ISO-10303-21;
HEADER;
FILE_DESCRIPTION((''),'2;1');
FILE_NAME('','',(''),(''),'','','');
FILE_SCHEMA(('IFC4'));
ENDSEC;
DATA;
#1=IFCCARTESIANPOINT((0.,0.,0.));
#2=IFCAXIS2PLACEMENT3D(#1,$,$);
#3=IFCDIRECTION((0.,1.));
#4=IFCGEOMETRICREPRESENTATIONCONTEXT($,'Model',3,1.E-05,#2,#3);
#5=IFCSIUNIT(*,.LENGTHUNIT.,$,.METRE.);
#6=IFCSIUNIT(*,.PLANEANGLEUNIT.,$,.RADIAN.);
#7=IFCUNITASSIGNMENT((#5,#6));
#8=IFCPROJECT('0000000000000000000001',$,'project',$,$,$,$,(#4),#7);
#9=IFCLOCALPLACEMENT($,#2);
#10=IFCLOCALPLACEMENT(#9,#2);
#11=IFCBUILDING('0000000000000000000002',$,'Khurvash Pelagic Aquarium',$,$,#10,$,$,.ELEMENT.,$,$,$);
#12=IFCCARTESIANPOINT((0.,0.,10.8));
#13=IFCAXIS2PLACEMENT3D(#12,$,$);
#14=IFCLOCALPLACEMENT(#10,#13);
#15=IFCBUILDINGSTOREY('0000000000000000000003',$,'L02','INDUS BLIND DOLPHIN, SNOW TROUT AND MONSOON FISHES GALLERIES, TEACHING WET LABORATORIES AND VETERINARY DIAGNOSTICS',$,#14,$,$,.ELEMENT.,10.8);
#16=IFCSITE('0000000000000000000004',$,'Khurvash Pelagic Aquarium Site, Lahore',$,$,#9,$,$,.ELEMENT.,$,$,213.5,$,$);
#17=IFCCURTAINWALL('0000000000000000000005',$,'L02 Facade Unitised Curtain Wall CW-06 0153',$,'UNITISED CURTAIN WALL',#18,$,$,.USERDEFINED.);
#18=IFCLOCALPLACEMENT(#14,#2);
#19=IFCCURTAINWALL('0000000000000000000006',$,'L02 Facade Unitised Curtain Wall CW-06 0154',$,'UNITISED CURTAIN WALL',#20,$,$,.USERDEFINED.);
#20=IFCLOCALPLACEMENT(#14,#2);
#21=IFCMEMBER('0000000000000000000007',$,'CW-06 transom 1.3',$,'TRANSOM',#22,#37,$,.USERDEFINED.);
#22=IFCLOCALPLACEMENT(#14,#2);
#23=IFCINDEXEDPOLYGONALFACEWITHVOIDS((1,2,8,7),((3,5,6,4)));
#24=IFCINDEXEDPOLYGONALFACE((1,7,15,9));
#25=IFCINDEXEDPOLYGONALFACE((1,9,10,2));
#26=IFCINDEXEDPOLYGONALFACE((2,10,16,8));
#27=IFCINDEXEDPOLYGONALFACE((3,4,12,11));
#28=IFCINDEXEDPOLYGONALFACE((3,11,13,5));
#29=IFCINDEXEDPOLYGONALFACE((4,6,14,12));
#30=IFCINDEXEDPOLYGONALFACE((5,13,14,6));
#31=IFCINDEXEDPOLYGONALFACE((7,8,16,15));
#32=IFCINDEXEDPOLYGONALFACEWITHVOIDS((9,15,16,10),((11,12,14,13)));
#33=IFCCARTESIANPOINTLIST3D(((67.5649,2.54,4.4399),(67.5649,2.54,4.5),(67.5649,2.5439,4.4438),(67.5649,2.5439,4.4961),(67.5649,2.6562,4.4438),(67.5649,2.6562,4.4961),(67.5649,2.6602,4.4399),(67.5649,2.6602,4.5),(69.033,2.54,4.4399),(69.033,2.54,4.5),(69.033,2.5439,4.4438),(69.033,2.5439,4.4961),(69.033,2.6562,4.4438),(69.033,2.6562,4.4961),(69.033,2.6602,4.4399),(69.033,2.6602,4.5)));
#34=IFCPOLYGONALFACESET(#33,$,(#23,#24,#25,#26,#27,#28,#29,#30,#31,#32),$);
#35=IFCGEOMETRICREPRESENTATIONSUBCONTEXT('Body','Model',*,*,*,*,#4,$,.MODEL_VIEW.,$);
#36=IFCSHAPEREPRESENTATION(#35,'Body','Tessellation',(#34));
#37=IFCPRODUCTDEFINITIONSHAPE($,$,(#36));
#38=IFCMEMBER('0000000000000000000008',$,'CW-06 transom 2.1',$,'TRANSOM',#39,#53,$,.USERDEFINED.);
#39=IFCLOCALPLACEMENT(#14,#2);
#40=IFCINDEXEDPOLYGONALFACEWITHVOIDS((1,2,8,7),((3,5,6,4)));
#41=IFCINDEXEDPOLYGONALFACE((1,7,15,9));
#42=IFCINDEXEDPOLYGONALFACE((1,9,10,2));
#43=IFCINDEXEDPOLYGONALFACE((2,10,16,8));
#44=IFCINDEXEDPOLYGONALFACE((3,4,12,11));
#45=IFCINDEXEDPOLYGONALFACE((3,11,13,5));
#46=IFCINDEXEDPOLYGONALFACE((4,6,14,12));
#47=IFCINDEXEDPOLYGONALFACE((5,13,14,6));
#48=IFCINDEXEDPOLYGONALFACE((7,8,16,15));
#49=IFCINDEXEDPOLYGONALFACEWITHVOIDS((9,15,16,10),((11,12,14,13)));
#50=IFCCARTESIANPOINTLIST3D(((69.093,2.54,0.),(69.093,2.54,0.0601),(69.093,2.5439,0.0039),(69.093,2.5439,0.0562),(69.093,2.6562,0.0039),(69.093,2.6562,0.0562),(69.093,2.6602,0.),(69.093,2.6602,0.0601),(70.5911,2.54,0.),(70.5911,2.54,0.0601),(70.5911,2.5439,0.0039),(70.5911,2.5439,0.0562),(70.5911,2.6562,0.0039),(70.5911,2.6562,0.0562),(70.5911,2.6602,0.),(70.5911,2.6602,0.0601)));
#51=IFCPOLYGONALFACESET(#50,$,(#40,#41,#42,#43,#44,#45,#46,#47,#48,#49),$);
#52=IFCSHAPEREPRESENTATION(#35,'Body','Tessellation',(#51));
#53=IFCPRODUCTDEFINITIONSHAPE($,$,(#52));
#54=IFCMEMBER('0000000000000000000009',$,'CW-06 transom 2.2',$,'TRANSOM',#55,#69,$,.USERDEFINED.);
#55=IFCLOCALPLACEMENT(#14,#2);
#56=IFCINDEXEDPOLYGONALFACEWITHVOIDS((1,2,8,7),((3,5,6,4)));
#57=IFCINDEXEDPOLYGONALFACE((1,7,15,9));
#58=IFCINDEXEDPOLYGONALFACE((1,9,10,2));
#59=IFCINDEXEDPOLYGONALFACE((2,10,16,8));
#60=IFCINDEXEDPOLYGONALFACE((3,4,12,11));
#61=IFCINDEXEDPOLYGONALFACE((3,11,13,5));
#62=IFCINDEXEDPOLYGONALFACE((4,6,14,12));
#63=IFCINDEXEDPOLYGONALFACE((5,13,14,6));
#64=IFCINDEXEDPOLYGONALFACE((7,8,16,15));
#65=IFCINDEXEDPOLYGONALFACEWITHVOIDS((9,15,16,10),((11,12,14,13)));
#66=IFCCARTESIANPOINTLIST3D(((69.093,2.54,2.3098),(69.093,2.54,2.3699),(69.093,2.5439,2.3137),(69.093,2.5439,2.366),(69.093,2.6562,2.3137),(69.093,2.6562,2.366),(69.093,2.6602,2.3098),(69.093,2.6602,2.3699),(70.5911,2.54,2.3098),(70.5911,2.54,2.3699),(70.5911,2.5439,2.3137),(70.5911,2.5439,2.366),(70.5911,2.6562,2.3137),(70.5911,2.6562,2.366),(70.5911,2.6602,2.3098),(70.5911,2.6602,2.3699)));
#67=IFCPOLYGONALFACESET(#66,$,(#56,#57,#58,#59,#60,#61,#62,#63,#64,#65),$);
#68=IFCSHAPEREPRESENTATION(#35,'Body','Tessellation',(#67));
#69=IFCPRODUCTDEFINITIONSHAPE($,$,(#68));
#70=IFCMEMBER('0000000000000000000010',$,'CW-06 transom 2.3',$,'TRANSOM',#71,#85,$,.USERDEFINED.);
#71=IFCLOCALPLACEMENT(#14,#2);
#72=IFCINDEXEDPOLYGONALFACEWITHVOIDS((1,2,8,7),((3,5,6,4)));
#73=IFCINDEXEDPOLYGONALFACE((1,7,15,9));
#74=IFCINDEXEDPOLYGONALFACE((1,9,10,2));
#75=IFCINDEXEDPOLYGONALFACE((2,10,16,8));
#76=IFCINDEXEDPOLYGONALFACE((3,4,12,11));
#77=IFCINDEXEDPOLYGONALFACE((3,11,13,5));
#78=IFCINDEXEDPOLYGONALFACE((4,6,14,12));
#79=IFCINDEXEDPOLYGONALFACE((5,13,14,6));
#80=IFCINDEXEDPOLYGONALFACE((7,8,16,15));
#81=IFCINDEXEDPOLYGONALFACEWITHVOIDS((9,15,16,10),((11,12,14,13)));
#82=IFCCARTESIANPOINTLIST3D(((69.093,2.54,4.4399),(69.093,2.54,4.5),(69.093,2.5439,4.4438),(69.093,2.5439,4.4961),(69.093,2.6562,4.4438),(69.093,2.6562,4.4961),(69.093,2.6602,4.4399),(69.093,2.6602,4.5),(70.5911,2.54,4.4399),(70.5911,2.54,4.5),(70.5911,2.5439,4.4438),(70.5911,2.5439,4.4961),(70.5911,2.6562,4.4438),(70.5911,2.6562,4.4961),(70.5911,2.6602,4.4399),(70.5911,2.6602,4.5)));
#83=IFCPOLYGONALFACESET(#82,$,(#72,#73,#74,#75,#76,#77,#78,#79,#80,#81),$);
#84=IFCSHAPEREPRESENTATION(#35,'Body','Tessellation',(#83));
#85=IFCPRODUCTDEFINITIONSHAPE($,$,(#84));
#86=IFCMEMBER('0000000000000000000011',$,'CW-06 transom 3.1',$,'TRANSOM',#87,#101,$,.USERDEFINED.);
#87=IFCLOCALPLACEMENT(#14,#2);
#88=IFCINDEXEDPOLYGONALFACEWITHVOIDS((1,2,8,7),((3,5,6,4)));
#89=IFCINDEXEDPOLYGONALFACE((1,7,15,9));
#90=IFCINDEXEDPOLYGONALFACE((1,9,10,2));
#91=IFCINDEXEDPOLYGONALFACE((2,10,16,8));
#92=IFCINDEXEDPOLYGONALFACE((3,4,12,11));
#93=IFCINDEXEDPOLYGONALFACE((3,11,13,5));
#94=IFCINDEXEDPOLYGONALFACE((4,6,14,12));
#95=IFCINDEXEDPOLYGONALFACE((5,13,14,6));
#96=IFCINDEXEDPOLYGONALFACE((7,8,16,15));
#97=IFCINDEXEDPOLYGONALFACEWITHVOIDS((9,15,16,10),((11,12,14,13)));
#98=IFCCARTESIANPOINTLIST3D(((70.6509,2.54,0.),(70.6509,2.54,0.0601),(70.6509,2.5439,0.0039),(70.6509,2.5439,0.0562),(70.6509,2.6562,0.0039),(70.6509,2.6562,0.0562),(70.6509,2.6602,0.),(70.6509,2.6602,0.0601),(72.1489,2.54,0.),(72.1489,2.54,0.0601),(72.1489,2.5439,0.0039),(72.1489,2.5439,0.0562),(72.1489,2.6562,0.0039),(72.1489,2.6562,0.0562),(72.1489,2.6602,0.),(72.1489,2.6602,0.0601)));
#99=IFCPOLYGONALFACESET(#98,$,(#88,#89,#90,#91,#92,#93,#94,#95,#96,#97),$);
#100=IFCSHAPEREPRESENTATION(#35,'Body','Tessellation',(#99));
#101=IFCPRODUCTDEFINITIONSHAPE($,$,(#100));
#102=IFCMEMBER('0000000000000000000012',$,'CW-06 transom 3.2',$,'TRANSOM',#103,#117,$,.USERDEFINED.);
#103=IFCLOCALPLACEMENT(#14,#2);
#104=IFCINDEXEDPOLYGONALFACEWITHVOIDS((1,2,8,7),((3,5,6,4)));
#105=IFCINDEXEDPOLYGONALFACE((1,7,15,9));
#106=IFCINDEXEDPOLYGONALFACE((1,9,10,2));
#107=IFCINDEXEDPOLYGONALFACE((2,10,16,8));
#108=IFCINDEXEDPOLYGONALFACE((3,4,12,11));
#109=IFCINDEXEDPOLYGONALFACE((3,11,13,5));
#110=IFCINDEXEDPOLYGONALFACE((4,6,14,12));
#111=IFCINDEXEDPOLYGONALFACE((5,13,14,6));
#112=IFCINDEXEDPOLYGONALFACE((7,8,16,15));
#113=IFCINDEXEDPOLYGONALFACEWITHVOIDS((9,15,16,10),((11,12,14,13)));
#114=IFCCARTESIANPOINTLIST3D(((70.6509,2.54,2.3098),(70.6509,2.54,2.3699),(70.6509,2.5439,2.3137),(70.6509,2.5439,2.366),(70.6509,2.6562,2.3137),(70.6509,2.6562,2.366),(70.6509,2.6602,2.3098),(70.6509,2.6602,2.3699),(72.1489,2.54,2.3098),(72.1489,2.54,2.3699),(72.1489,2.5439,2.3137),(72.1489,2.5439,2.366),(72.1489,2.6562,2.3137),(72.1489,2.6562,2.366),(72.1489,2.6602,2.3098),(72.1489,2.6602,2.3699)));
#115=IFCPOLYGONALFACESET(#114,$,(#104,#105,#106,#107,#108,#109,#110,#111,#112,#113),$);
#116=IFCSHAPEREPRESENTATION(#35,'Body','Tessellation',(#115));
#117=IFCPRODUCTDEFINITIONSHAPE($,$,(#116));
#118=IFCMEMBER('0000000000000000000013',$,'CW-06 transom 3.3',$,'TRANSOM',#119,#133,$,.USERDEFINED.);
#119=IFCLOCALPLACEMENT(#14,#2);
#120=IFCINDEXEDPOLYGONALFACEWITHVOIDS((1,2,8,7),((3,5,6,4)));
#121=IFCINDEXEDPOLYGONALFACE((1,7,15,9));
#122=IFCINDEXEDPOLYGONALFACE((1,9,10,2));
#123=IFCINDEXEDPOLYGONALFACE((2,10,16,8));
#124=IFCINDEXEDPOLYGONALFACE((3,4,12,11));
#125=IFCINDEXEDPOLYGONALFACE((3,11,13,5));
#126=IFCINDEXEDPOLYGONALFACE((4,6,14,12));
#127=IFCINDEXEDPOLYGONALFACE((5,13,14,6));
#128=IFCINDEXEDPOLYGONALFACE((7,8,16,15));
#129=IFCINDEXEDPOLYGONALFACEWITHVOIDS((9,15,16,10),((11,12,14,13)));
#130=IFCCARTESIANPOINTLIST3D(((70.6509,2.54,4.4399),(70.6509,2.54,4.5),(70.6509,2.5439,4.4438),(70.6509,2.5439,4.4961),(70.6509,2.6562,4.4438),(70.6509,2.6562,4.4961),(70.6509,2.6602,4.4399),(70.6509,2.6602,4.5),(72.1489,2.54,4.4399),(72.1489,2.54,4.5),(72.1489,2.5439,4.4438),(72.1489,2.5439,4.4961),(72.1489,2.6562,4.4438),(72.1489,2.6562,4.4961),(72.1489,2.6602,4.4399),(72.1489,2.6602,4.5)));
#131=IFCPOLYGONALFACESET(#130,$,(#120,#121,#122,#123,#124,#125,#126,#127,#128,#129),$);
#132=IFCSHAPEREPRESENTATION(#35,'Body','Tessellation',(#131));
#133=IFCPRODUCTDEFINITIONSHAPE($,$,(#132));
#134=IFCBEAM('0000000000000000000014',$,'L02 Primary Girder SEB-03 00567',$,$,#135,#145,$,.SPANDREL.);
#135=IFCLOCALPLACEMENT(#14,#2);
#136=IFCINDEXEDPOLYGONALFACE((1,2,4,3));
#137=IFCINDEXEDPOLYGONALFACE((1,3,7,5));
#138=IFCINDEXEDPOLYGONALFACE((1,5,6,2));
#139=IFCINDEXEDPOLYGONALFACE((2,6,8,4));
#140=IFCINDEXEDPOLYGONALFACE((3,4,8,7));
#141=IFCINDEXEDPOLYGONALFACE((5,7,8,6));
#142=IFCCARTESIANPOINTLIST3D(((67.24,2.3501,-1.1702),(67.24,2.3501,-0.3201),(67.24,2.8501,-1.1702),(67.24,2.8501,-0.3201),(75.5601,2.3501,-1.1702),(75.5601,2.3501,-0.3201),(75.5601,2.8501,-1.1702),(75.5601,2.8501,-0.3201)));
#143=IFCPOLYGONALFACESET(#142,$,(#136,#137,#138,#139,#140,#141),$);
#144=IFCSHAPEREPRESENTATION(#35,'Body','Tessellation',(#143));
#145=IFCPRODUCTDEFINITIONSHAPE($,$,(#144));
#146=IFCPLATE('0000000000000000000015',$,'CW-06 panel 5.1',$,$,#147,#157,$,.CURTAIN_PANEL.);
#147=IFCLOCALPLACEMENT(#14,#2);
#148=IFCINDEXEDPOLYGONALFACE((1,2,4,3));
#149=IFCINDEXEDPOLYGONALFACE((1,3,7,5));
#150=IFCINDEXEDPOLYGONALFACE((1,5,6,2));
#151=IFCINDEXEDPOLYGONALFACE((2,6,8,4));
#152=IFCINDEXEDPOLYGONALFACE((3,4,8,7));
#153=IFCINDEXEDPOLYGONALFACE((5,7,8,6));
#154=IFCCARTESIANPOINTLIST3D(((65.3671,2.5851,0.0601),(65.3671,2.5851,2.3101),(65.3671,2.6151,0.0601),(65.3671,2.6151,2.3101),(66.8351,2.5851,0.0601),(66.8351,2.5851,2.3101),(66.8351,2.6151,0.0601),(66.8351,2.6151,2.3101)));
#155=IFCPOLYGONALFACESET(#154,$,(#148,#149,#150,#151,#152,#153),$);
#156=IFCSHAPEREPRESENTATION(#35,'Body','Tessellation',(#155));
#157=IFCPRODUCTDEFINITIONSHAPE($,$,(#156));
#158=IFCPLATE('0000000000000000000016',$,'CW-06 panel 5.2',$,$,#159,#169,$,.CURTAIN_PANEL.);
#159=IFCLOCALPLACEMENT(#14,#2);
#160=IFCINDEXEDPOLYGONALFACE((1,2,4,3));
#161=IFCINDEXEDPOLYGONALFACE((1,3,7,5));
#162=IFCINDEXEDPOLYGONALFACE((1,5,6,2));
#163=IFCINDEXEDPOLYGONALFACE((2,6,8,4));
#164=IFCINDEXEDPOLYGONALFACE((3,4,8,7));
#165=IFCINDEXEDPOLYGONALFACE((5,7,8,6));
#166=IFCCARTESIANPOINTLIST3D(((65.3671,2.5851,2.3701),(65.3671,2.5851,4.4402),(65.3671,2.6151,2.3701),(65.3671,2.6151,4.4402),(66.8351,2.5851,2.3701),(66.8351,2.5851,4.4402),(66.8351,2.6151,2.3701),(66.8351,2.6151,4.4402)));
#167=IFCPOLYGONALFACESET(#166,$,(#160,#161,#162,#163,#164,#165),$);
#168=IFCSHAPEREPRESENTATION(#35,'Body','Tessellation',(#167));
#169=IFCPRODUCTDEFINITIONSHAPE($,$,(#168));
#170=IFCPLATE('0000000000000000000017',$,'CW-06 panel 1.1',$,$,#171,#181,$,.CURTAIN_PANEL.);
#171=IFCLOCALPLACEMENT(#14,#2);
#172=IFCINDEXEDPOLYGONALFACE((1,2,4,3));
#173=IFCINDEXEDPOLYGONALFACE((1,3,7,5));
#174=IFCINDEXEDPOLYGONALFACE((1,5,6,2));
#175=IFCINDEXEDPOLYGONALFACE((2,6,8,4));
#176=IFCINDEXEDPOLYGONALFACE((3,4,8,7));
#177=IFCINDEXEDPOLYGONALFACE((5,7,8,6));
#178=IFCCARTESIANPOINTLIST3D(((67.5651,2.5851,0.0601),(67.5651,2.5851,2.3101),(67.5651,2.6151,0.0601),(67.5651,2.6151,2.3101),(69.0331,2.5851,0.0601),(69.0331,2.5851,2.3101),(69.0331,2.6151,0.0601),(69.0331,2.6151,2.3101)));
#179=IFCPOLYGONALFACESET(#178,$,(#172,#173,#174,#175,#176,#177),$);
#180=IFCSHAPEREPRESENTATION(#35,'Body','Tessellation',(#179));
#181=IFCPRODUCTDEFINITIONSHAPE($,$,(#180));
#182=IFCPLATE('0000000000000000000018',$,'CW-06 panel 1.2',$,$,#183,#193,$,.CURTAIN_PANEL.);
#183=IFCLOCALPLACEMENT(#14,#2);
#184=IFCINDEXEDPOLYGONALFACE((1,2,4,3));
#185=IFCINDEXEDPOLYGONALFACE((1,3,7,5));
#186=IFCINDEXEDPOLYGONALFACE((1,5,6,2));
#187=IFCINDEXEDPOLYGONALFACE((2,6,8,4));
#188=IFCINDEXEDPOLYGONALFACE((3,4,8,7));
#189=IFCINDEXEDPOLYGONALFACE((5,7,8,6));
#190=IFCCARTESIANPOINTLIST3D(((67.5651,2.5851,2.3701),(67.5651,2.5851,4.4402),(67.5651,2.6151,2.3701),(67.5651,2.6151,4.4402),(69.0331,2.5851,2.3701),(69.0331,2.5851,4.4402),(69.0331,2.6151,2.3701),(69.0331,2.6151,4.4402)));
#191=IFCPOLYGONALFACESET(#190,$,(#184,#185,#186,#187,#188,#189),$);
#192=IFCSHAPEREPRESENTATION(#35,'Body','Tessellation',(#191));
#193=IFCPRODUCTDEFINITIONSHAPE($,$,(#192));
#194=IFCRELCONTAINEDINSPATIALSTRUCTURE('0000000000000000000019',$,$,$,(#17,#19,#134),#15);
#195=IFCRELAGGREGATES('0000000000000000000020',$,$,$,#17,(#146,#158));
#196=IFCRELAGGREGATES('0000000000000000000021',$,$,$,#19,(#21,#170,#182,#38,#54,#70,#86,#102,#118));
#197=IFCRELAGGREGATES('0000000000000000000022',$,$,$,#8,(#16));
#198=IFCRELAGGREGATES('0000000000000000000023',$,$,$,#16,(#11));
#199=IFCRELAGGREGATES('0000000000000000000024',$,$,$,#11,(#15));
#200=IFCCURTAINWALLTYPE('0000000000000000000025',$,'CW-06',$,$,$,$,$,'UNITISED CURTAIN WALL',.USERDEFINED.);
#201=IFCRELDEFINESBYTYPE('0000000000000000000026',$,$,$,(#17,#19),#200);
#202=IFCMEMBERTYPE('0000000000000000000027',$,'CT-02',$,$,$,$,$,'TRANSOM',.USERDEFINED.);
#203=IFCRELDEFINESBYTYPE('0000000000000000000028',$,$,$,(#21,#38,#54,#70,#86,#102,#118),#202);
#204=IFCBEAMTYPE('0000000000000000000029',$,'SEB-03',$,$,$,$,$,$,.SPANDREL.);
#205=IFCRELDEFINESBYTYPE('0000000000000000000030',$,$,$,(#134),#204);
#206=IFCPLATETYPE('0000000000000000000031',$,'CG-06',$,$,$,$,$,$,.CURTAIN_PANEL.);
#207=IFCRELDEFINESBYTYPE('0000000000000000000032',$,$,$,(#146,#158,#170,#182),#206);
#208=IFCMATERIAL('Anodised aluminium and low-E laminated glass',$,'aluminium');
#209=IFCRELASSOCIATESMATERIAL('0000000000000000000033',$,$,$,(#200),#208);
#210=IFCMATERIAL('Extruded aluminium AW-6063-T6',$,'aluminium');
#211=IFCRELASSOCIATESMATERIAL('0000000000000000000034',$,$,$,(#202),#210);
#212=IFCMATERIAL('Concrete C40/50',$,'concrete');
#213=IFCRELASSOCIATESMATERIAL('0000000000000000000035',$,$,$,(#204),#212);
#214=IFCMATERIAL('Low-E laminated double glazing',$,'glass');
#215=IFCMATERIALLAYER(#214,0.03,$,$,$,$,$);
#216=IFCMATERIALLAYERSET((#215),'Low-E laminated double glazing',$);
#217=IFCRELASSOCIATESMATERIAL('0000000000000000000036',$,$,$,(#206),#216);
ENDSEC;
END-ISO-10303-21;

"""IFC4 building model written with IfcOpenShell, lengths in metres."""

from ifc_helpers import new_model, si_unit, direction, frame, origin, origin_2d, place, context, subcontext, project, spatial, rectangle, hollow_rectangle, extrude, material, layer, layer_set, material_profile, profile_set, type_object, element, aggregate, save


model = new_model("IFC4")

# Units and contexts
model_context = context("Model", 3, precision=1e-05, world=origin(), true_north=direction((0.0, 1.0)))
body_context = subcontext(model_context, "Body", "Model", "MODEL_VIEW")
ifc_project = project(units=[si_unit("LENGTHUNIT", "METRE"), si_unit("PLANEANGLEUNIT", "RADIAN")], contexts=[model_context])

# Site, building, storey
site_placement = place(None, origin())
site = spatial("IfcSite", under=ifc_project, at=site_placement, Name="Khurvash Pelagic Aquarium Site, Lahore", CompositionType="ELEMENT", RefElevation=213.5)
building_placement = place(site_placement, origin())
building = spatial("IfcBuilding", under=site, at=building_placement, Name="Khurvash Pelagic Aquarium", CompositionType="ELEMENT")
storey_placement = place(building_placement, frame((0.0, 0.0, 10.8)))
storey = spatial("IfcBuildingStorey", under=building, at=storey_placement, Name="L02", Description="INDUS BLIND DOLPHIN, SNOW TROUT AND MONSOON FISHES GALLERIES, TEACHING WET LABORATORIES AND VETERINARY DIAGNOSTICS", CompositionType="ELEMENT", Elevation=10.8)

# Shared definitions
ifc_material_1 = material(Name="Concrete C40/50", Category="concrete")

# Curtain walls
ifc_material_2 = material(Name="Anodised aluminium and low-E laminated glass", Category="aluminium")
curtain_wall_type = type_object("IfcCurtainWallType", Name="CW-06", ElementType="UNITISED CURTAIN WALL", PredefinedType="USERDEFINED", material=ifc_material_2)
curtain_wall_1_placement = place(storey_placement, origin())
curtain_wall_1 = element("IfcCurtainWall", 1, at=curtain_wall_1_placement, inside=storey, type_object=curtain_wall_type, Name="L02 Facade Unitised Curtain Wall CW-06 0153", ObjectType="UNITISED CURTAIN WALL", PredefinedType="USERDEFINED")
ifc_material_3 = material(Name="Extruded aluminium AW-6063-T6", Category="aluminium")
curtain_wall_2_placement = place(storey_placement, origin())
curtain_wall_2 = element("IfcCurtainWall", 2, at=curtain_wall_2_placement, inside=storey, type_object=curtain_wall_type, Name="L02 Facade Unitised Curtain Wall CW-06 0154", ObjectType="UNITISED CURTAIN WALL", PredefinedType="USERDEFINED")

# Members
ifc_material_profile_1 = material_profile(ifc_material_3, hollow_rectangle(XDim=0.1201, YDim=0.0601, WallThickness=0.0039, at=origin_2d()), Name="CWT120X60X4")
ifc_profile_set_1 = profile_set([ifc_material_profile_1], Name="Extruded aluminium AW-6063-T6")
member_type_1 = type_object("IfcMemberType", Name="CT-02", ElementType="TRANSOM", PredefinedType="USERDEFINED", material=ifc_profile_set_1)
member_1_placement = place(storey_placement, frame((67.5649, 2.6001, 4.47), z_axis=(1.0, 0.0, 0.0), x_axis=(0.0, 1.0, 0.0)))
member_1 = element("IfcMember", 3, at=member_1_placement, type_object=member_type_1, Name="CW-06 transom 1.3", ObjectType="TRANSOM", PredefinedType="USERDEFINED", context=body_context, shape_type="SweptSolid", body=[
    extrude(hollow_rectangle(XDim=0.1201, YDim=0.0601, WallThickness=0.0039, at=origin_2d()), origin(), (0.0, 0.0, 1.0), 1.468),
])
member_2_placement = place(storey_placement, frame((69.093, 2.6001, 0.03), z_axis=(1.0, 0.0, 0.0), x_axis=(0.0, 1.0, 0.0)))
member_2 = element("IfcMember", 4, at=member_2_placement, type_object=member_type_1, Name="CW-06 transom 2.1", ObjectType="TRANSOM", PredefinedType="USERDEFINED", context=body_context, shape_type="SweptSolid", body=[
    extrude(hollow_rectangle(XDim=0.1201, YDim=0.0601, WallThickness=0.0039, at=origin_2d()), origin(), (0.0, 0.0, 1.0), 1.498),
])
member_3_placement = place(storey_placement, frame((69.093, 2.6001, 2.3398), z_axis=(1.0, 0.0, 0.0), x_axis=(0.0, 1.0, 0.0)))
member_3 = element("IfcMember", 5, at=member_3_placement, type_object=member_type_1, Name="CW-06 transom 2.2", ObjectType="TRANSOM", PredefinedType="USERDEFINED", context=body_context, shape_type="SweptSolid", body=[
    extrude(hollow_rectangle(XDim=0.1201, YDim=0.0601, WallThickness=0.0039, at=origin_2d()), origin(), (0.0, 0.0, 1.0), 1.498),
])
member_4_placement = place(storey_placement, frame((69.093, 2.6001, 4.47), z_axis=(1.0, 0.0, 0.0), x_axis=(0.0, 1.0, 0.0)))
member_4 = element("IfcMember", 6, at=member_4_placement, type_object=member_type_1, Name="CW-06 transom 2.3", ObjectType="TRANSOM", PredefinedType="USERDEFINED", context=body_context, shape_type="SweptSolid", body=[
    extrude(hollow_rectangle(XDim=0.1201, YDim=0.0601, WallThickness=0.0039, at=origin_2d()), origin(), (0.0, 0.0, 1.0), 1.498),
])
member_5_placement = place(storey_placement, frame((70.6509, 2.6001, 0.03), z_axis=(1.0, 0.0, 0.0), x_axis=(0.0, 1.0, 0.0)))
member_5 = element("IfcMember", 7, at=member_5_placement, type_object=member_type_1, Name="CW-06 transom 3.1", ObjectType="TRANSOM", PredefinedType="USERDEFINED", context=body_context, shape_type="SweptSolid", body=[
    extrude(hollow_rectangle(XDim=0.1201, YDim=0.0601, WallThickness=0.0039, at=origin_2d()), origin(), (0.0, 0.0, 1.0), 1.498),
])
member_6_placement = place(storey_placement, frame((70.6509, 2.6001, 2.3398), z_axis=(1.0, 0.0, 0.0), x_axis=(0.0, 1.0, 0.0)))
member_6 = element("IfcMember", 8, at=member_6_placement, type_object=member_type_1, Name="CW-06 transom 3.2", ObjectType="TRANSOM", PredefinedType="USERDEFINED", context=body_context, shape_type="SweptSolid", body=[
    extrude(hollow_rectangle(XDim=0.1201, YDim=0.0601, WallThickness=0.0039, at=origin_2d()), origin(), (0.0, 0.0, 1.0), 1.498),
])
member_7_placement = place(storey_placement, frame((70.6509, 2.6001, 4.47), z_axis=(1.0, 0.0, 0.0), x_axis=(0.0, 1.0, 0.0)))
member_7 = element("IfcMember", 9, at=member_7_placement, type_object=member_type_1, Name="CW-06 transom 3.3", ObjectType="TRANSOM", PredefinedType="USERDEFINED", context=body_context, shape_type="SweptSolid", body=[
    extrude(hollow_rectangle(XDim=0.1201, YDim=0.0601, WallThickness=0.0039, at=origin_2d()), origin(), (0.0, 0.0, 1.0), 1.498),
])

# Beam
ifc_material_profile_2 = material_profile(ifc_material_1, rectangle(XDim=0.5, YDim=0.8501, at=origin_2d()), Name="RC500X850")
ifc_profile_set_2 = profile_set([ifc_material_profile_2], Name="Concrete C40/50")
beam_type = type_object("IfcBeamType", Name="SEB-03", PredefinedType="SPANDREL", material=ifc_profile_set_2)
beam_placement = place(storey_placement, frame((67.24, 2.6001, -0.7451), z_axis=(1.0, 0.0, 0.0), x_axis=(0.0, 1.0, 0.0)))
element("IfcBeam", 10, at=beam_placement, inside=storey, type_object=beam_type, Name="L02 Primary Girder SEB-03 00567", PredefinedType="SPANDREL", context=body_context, shape_type="SweptSolid", body=[
    extrude(rectangle(XDim=0.5, YDim=0.8501, at=origin_2d()), origin(), (0.0, 0.0, 1.0), 8.3201),
])

# Plates
ifc_material_4 = material(Name="Low-E laminated double glazing", Category="glass")
ifc_layer = layer(ifc_material_4, 0.03)
ifc_layer_set = layer_set([ifc_layer], Name="Low-E laminated double glazing")
plate_type = type_object("IfcPlateType", Name="CG-06", PredefinedType="CURTAIN_PANEL", material=ifc_layer_set)
plate_1_placement = place(storey_placement, frame((66.1011, 2.6001, 0.0601), z_axis=(0.0, 0.0, 1.0), x_axis=(1.0, 0.0, 0.0)))
plate_1 = element("IfcPlate", 11, at=plate_1_placement, type_object=plate_type, Name="CW-06 panel 5.1", PredefinedType="CURTAIN_PANEL", context=body_context, shape_type="SweptSolid", body=[
    extrude(rectangle(XDim=1.468, YDim=0.03, at=origin_2d()), origin(), (0.0, 0.0, 1.0), 2.25),
])
plate_2_placement = place(storey_placement, frame((66.1011, 2.6001, 2.3701), z_axis=(0.0, 0.0, 1.0), x_axis=(1.0, 0.0, 0.0)))
plate_2 = element("IfcPlate", 12, at=plate_2_placement, type_object=plate_type, Name="CW-06 panel 5.2", PredefinedType="CURTAIN_PANEL", context=body_context, shape_type="SweptSolid", body=[
    extrude(rectangle(XDim=1.468, YDim=0.03, at=origin_2d()), origin(), (0.0, 0.0, 1.0), 2.0701),
])
aggregate(curtain_wall_1, [plate_1, plate_2])
plate_3_placement = place(storey_placement, frame((68.2991, 2.6001, 0.0601), z_axis=(0.0, 0.0, 1.0), x_axis=(1.0, 0.0, 0.0)))
plate_3 = element("IfcPlate", 13, at=plate_3_placement, type_object=plate_type, Name="CW-06 panel 1.1", PredefinedType="CURTAIN_PANEL", context=body_context, shape_type="SweptSolid", body=[
    extrude(rectangle(XDim=1.468, YDim=0.03, at=origin_2d()), origin(), (0.0, 0.0, 1.0), 2.25),
])
plate_4_placement = place(storey_placement, frame((68.2991, 2.6001, 2.3701), z_axis=(0.0, 0.0, 1.0), x_axis=(1.0, 0.0, 0.0)))
plate_4 = element("IfcPlate", 14, at=plate_4_placement, type_object=plate_type, Name="CW-06 panel 1.2", PredefinedType="CURTAIN_PANEL", context=body_context, shape_type="SweptSolid", body=[
    extrude(rectangle(XDim=1.468, YDim=0.03, at=origin_2d()), origin(), (0.0, 0.0, 1.0), 2.0701),
])
aggregate(curtain_wall_2, [member_1, plate_3, plate_4, member_2, member_3, member_4, member_5, member_6, member_7])

save(model, "model.ifc")
